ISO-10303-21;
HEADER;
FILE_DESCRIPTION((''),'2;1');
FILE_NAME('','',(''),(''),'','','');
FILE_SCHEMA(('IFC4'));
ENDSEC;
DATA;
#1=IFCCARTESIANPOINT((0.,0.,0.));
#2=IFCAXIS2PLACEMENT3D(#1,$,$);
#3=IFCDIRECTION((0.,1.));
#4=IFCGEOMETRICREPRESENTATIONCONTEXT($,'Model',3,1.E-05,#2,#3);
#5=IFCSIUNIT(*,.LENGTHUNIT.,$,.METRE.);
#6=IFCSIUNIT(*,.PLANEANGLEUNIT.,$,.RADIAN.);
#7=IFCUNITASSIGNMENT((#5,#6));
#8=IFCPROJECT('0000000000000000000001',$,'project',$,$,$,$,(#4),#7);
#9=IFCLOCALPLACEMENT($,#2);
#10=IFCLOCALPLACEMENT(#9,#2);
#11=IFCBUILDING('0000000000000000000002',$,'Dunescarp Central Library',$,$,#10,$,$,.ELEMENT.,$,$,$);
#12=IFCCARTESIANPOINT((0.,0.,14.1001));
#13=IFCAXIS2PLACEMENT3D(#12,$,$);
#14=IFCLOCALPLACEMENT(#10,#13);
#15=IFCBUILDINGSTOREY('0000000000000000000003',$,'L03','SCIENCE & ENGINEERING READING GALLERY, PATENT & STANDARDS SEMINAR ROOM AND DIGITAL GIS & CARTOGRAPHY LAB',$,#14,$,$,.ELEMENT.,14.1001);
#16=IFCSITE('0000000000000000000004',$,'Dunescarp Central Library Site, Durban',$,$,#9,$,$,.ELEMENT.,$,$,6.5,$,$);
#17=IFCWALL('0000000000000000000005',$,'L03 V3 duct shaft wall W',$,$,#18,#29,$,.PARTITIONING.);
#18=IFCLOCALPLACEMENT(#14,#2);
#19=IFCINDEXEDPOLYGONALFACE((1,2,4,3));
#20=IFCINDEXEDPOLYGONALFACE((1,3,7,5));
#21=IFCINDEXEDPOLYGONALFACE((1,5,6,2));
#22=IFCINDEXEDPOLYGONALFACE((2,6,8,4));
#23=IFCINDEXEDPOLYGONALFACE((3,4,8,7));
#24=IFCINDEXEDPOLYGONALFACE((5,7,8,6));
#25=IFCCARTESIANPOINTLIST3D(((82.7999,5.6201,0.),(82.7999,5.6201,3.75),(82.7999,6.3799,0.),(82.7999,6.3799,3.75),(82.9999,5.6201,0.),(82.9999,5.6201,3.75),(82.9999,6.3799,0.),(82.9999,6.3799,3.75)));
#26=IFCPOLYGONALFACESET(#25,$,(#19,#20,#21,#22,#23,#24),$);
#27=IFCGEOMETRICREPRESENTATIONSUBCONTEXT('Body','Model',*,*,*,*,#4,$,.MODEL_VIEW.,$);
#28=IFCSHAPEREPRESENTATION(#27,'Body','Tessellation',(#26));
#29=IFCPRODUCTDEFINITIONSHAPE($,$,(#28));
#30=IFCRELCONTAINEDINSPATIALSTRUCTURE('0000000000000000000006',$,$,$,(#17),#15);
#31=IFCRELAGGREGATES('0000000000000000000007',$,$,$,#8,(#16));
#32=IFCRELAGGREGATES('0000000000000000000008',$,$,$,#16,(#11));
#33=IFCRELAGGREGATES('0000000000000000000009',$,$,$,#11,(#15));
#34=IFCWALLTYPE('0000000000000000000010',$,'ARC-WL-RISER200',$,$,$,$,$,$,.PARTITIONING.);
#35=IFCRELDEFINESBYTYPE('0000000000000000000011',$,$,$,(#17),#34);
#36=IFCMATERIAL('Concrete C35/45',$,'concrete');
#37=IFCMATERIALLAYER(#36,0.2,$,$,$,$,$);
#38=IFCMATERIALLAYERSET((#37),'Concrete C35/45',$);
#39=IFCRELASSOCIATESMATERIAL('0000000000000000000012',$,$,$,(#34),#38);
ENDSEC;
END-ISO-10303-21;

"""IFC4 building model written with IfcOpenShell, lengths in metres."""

from ifc_helpers import new_model, si_unit, direction, frame, frame_2d, origin, place, context, subcontext, project, spatial, rectangle, extrude, material, layer, layer_set, type_object, element, save


model = new_model("IFC4")

# Units and contexts
model_context = context("Model", 3, precision=1e-05, world=origin(), true_north=direction((0.0, 1.0)))
body_context = subcontext(model_context, "Body", "Model", "MODEL_VIEW")
ifc_project = project(units=[si_unit("LENGTHUNIT", "METRE"), si_unit("PLANEANGLEUNIT", "RADIAN")], contexts=[model_context])

# Site, building, storey
site_placement = place(None, origin())
site = spatial("IfcSite", under=ifc_project, at=site_placement, Name="Dunescarp Central Library Site, Durban", CompositionType="ELEMENT", RefElevation=6.5)
building_placement = place(site_placement, origin())
building = spatial("IfcBuilding", under=site, at=building_placement, Name="Dunescarp Central Library", CompositionType="ELEMENT")
storey_placement = place(building_placement, frame((0.0, 0.0, 14.1001)))
storey = spatial("IfcBuildingStorey", under=building, at=storey_placement, Name="L03", Description="SCIENCE & ENGINEERING READING GALLERY, PATENT & STANDARDS SEMINAR ROOM AND DIGITAL GIS & CARTOGRAPHY LAB", CompositionType="ELEMENT", Elevation=14.1001)

# Wall
ifc_material_1 = material(Name="Concrete C35/45", Category="concrete")
ifc_layer_1 = layer(ifc_material_1, 0.2)
ifc_layer_set_1 = layer_set([ifc_layer_1], Name="Concrete C35/45")
wall_type = type_object("IfcWallType", Name="ARC-WL-RISER200", PredefinedType="PARTITIONING", material=ifc_layer_set_1)
wall_1_placement = place(storey_placement, frame((82.8999, 5.6201, 0.0), z_axis=(0.0, 0.0, 1.0), x_axis=(0.0, 1.0, 0.0)))
element("IfcWall", 1, at=wall_1_placement, inside=storey, type_object=wall_type, Name="L03 V3 duct shaft wall W", PredefinedType="PARTITIONING", context=body_context, shape_type="SweptSolid", body=[
    extrude(rectangle(XDim=0.7598, YDim=0.2, at=frame_2d((0.3799, 0.0))), origin(), (0.0, 0.0, 1.0), 3.75),
])

save(model, "model.ifc")
